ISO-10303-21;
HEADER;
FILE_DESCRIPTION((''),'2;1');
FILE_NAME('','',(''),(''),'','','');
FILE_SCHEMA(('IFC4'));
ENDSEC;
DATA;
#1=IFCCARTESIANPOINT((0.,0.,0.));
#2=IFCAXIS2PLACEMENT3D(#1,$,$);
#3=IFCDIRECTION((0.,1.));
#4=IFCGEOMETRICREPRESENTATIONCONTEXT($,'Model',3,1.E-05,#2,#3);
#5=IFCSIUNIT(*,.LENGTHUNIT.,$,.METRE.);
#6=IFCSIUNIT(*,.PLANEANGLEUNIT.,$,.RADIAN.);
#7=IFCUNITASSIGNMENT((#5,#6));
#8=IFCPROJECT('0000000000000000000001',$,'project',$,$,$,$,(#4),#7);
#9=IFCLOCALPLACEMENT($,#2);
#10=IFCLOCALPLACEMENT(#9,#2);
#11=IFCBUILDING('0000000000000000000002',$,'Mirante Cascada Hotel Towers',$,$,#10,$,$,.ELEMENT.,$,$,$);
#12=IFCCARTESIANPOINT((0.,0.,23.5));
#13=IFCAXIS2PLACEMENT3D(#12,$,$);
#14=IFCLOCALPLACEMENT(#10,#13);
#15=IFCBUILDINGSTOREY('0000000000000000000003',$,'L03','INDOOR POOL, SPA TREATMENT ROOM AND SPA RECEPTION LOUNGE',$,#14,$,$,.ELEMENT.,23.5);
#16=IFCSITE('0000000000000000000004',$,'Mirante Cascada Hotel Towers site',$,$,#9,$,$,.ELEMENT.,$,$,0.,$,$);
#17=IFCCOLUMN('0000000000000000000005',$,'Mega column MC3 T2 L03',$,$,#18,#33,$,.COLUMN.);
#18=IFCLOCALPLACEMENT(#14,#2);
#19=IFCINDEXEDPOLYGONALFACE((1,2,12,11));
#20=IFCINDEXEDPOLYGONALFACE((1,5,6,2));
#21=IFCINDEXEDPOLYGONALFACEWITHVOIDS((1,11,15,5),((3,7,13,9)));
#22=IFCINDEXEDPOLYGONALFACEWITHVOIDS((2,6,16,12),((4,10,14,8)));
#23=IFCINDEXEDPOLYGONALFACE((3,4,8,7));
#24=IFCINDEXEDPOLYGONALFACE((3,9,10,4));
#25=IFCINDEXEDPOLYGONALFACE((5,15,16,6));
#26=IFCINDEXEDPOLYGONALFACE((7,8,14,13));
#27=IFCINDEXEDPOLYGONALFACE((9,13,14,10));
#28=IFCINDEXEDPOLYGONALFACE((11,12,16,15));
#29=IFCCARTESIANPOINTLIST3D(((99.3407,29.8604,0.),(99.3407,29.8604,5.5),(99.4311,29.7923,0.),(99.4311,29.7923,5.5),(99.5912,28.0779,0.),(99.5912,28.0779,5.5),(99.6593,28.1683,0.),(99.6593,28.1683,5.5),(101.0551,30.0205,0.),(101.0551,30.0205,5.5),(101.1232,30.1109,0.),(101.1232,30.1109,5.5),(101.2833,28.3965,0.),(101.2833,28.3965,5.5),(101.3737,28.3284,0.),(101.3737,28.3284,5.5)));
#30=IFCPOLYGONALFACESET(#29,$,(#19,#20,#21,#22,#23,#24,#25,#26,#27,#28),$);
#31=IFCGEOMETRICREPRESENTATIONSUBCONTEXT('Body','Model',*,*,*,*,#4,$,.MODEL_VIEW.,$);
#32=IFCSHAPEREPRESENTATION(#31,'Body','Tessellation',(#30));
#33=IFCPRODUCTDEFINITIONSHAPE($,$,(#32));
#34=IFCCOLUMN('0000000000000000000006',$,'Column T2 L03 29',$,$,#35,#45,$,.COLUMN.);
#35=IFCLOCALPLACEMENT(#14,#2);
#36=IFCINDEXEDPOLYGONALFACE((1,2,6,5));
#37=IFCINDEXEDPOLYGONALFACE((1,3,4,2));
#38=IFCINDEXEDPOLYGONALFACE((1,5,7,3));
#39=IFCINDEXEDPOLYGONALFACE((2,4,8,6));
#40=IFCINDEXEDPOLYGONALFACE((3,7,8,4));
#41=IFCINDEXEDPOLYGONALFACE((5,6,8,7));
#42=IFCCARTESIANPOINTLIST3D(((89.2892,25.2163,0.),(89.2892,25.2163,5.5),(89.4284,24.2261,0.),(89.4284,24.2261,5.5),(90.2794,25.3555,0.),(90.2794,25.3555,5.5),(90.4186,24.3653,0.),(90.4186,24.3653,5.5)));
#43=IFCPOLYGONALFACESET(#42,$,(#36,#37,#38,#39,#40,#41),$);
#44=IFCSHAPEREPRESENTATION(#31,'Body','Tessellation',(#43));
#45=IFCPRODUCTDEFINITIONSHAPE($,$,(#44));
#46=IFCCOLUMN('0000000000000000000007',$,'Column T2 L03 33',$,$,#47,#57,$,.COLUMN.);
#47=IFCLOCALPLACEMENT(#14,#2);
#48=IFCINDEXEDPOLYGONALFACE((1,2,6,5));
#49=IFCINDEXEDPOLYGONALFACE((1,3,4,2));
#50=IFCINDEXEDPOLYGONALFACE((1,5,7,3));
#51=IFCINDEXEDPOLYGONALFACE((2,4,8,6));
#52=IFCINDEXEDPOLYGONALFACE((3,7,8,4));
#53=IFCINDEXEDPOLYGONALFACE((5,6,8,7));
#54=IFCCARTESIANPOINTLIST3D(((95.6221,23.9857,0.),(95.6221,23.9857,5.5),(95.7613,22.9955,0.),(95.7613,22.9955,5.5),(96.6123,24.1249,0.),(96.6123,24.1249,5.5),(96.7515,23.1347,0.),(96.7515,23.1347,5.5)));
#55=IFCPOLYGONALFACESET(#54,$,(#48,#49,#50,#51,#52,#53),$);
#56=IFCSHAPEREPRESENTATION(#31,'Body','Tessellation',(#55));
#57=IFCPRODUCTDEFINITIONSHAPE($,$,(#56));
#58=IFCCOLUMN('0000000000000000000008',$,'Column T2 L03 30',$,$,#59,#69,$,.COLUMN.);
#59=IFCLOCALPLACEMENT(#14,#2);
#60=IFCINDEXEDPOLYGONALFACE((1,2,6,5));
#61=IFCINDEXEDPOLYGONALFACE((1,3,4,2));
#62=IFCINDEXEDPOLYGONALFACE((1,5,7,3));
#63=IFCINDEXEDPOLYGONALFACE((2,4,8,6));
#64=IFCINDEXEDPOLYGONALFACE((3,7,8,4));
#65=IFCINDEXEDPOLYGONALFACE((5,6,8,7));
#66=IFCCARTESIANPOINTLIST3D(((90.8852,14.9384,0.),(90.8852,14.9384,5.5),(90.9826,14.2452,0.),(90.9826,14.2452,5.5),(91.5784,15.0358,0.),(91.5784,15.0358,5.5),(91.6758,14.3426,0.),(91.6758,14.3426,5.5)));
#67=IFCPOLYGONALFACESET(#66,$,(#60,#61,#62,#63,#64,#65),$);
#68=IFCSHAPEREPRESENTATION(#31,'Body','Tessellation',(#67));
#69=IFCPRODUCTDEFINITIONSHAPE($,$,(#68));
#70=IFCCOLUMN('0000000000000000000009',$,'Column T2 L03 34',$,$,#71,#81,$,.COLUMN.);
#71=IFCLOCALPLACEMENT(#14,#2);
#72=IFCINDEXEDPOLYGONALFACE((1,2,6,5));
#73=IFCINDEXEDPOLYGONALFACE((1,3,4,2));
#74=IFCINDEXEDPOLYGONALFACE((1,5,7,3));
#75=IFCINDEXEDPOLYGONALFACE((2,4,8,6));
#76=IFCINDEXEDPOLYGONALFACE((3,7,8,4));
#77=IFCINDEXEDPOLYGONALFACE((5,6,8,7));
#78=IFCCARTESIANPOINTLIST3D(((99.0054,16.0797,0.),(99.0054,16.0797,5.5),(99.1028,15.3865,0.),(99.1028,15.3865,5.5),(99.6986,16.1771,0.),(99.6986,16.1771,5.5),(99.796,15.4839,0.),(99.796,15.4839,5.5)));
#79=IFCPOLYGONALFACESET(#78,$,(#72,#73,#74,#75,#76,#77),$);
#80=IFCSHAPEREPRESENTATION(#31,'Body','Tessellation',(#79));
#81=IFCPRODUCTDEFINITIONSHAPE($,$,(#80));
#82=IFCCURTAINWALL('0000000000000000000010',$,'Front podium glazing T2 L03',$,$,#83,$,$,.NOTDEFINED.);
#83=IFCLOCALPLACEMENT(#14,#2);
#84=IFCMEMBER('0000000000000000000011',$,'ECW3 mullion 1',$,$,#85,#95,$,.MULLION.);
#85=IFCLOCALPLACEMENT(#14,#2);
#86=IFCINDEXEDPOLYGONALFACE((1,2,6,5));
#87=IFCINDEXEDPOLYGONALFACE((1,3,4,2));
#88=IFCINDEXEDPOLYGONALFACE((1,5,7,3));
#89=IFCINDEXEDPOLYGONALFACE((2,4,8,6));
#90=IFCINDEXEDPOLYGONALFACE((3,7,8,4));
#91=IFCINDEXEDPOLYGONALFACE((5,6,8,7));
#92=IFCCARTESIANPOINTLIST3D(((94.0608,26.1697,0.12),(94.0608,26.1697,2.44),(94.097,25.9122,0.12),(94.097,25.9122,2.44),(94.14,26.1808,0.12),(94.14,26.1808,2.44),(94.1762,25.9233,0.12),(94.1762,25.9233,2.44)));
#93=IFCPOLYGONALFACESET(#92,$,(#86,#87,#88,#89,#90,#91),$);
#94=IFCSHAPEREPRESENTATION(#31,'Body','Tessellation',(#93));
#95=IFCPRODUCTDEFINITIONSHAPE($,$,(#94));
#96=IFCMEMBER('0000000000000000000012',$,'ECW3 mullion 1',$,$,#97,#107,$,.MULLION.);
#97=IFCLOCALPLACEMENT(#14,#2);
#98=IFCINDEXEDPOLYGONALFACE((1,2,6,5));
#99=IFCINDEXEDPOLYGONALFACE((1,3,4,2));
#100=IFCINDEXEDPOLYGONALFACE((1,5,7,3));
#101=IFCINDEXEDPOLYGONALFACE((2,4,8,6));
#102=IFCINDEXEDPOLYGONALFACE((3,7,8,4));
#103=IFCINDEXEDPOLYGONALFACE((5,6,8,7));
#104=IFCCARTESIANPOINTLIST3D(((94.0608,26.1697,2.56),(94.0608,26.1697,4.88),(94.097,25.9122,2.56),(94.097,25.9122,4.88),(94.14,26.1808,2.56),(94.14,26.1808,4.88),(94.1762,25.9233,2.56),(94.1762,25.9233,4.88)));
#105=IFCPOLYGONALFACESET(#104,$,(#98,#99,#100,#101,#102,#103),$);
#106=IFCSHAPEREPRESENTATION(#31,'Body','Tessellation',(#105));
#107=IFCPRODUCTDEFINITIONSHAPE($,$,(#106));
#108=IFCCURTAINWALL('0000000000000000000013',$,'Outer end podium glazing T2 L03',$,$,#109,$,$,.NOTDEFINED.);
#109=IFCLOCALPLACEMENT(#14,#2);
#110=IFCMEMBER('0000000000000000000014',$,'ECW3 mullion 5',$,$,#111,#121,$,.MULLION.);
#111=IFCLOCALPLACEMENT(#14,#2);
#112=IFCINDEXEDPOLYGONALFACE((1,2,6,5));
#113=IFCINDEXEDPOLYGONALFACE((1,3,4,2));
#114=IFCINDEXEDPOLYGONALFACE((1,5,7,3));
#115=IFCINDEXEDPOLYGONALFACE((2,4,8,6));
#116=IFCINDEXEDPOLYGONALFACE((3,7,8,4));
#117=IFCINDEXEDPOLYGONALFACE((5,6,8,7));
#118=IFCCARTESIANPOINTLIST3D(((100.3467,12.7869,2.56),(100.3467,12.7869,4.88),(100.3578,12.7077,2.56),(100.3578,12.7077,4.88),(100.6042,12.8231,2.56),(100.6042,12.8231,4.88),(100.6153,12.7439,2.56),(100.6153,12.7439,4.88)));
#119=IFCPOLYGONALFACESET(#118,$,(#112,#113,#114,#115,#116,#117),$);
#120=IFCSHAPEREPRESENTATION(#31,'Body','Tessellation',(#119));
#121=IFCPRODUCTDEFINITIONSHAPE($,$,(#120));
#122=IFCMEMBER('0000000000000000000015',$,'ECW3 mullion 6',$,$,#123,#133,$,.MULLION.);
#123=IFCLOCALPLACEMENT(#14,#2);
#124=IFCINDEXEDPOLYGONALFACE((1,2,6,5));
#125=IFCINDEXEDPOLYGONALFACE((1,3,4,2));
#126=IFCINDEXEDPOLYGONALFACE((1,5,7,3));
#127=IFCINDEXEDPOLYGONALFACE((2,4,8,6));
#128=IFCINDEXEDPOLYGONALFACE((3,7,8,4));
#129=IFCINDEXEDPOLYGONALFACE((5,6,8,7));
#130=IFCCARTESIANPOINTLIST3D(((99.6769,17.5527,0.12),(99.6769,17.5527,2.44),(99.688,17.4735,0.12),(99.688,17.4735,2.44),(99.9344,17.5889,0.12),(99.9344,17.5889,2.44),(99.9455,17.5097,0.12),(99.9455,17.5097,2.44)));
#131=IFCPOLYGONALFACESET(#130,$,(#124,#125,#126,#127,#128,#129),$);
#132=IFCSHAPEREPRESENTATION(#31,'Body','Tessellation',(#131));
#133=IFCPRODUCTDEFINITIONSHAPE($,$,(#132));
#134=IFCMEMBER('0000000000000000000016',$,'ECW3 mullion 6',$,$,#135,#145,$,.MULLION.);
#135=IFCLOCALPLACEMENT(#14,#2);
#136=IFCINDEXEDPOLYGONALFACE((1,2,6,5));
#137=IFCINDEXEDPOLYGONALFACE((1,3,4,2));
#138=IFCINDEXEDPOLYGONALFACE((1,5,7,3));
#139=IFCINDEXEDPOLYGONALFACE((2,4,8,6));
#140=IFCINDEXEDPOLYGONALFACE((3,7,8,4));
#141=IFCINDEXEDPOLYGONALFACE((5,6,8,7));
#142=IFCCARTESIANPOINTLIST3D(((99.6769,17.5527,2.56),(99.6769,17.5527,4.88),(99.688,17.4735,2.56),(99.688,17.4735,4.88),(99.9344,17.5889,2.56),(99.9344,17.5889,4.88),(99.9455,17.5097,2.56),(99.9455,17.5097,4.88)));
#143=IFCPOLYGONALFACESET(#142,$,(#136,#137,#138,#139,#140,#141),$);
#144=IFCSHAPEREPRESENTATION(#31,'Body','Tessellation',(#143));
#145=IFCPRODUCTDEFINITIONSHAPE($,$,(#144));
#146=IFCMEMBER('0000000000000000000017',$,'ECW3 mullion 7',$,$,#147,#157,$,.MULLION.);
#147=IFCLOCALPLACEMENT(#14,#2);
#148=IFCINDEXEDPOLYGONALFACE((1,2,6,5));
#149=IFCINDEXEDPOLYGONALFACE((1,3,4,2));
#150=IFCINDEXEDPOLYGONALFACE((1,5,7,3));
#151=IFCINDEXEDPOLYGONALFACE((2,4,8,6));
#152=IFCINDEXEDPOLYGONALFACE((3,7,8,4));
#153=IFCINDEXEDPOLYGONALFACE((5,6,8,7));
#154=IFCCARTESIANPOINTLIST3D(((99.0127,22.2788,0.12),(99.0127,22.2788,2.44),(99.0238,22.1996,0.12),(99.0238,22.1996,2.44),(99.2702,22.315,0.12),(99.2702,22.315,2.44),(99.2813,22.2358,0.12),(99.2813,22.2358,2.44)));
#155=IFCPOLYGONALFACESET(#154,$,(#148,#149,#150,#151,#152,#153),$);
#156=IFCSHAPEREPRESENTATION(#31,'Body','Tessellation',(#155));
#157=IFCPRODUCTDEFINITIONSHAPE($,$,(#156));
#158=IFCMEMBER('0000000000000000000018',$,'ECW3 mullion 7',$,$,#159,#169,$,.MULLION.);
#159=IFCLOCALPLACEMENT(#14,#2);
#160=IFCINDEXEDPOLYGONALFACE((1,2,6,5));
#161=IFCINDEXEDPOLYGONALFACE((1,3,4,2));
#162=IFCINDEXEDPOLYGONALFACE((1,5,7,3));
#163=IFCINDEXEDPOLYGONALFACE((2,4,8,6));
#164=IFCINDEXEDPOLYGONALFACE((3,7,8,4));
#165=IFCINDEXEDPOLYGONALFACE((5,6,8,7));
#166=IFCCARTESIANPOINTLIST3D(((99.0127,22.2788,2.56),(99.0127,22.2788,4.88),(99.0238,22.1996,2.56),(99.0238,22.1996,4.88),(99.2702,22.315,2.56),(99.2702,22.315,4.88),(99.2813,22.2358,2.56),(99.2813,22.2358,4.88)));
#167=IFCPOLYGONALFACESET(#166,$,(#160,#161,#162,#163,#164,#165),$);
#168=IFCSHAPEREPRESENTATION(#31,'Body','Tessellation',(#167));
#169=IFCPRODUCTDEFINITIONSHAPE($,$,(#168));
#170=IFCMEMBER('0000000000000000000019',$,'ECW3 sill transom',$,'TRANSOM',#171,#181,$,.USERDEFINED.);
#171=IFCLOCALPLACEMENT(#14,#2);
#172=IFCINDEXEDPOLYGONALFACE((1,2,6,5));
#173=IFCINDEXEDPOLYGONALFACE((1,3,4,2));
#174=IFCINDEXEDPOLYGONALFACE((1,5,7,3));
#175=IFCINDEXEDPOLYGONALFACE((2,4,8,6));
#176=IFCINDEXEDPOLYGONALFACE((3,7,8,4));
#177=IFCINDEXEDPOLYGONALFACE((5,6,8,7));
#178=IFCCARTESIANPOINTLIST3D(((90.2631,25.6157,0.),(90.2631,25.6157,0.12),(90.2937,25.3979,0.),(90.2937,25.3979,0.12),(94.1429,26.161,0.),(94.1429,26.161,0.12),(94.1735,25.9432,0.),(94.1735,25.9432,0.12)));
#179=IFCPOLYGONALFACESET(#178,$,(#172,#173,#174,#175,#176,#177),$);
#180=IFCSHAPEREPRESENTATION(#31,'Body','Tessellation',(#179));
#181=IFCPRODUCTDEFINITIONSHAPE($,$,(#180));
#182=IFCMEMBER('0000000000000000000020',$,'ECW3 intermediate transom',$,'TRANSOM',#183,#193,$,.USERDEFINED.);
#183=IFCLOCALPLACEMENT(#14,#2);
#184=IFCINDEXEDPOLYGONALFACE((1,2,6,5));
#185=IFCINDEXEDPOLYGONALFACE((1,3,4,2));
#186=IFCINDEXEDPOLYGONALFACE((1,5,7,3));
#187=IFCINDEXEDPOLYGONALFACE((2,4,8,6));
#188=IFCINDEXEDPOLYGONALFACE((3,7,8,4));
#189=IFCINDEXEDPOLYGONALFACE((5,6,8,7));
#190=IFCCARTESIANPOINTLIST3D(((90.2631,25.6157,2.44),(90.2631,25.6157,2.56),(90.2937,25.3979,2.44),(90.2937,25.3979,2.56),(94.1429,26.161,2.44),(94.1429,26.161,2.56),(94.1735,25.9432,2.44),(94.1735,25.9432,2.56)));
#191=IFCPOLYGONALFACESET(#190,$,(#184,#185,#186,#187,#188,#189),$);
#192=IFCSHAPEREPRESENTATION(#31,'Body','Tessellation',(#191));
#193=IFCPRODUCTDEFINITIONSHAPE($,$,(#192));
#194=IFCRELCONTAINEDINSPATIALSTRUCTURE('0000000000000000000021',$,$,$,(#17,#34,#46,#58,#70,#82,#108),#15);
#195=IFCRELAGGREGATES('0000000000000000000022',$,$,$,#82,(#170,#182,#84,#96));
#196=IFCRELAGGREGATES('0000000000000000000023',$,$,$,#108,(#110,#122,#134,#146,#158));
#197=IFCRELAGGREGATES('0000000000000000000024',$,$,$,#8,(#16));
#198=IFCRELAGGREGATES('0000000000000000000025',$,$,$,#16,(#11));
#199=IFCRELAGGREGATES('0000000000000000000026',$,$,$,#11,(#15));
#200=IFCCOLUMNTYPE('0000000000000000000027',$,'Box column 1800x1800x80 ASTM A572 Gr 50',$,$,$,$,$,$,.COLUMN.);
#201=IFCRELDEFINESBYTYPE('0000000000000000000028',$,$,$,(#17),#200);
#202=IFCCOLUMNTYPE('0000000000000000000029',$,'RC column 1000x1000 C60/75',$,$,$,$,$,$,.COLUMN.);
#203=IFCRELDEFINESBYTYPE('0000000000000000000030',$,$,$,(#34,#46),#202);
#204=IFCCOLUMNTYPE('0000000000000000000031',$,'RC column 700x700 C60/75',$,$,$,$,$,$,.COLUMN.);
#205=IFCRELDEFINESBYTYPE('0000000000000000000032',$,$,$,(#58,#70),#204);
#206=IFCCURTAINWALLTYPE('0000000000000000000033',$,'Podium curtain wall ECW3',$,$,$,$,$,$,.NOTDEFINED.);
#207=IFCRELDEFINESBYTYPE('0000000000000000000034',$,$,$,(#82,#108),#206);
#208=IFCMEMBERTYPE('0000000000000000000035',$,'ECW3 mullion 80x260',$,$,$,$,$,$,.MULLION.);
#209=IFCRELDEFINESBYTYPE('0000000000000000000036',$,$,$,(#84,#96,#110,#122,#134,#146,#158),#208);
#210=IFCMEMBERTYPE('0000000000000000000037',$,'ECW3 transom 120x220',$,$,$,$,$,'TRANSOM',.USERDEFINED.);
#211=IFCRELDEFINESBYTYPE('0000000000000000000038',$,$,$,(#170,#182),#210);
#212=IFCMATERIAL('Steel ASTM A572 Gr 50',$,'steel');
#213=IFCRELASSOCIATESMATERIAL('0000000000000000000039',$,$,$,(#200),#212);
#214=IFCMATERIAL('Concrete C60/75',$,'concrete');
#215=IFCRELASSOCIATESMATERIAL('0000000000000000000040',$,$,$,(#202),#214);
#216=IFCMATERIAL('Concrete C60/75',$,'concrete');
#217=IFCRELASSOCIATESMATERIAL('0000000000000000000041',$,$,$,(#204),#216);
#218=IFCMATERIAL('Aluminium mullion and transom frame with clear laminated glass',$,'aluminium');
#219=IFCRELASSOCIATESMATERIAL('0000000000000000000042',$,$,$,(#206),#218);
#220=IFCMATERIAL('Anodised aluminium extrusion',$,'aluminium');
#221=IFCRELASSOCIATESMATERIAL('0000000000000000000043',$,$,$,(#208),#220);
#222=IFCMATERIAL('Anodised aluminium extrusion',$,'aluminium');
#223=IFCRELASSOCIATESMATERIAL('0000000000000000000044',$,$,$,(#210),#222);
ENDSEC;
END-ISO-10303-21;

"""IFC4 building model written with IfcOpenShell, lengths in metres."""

from ifc_helpers import new_model, si_unit, direction, frame, origin, origin_2d, place, context, subcontext, project, spatial, rectangle, hollow_rectangle, extrude, material, material_profile, profile_set, type_object, element, aggregate, save


model = new_model("IFC4")

# Units and contexts
model_context = context("Model", 3, precision=1e-05, world=origin(), true_north=direction((0.0, 1.0)))
body_context = subcontext(model_context, "Body", "Model", "MODEL_VIEW")
ifc_project = project(units=[si_unit("LENGTHUNIT", "METRE"), si_unit("PLANEANGLEUNIT", "RADIAN")], contexts=[model_context])

# Site, building, storey
site_placement = place(None, origin())
site = spatial("IfcSite", under=ifc_project, at=site_placement, Name="Mirante Cascada Hotel Towers site", CompositionType="ELEMENT", RefElevation=0.0)
building_placement = place(site_placement, origin())
building = spatial("IfcBuilding", under=site, at=building_placement, Name="Mirante Cascada Hotel Towers", CompositionType="ELEMENT")
storey_placement = place(building_placement, frame((0.0, 0.0, 23.5)))
storey = spatial("IfcBuildingStorey", under=building, at=storey_placement, Name="L03", Description="INDOOR POOL, SPA TREATMENT ROOM AND SPA RECEPTION LOUNGE", CompositionType="ELEMENT", Elevation=23.5)

# Columns
ifc_material_1 = material(Name="Steel ASTM A572 Gr 50", Category="steel")
ifc_material_profile_1 = material_profile(ifc_material_1, hollow_rectangle(XDim=1.8, YDim=1.8, WallThickness=0.08, at=origin_2d()), Name="Box column 1800x1800x80 ASTM A572 Gr 50")
ifc_profile_set_1 = profile_set([ifc_material_profile_1], Name="Steel ASTM A572 Gr 50")
column_type_1 = type_object("IfcColumnType", Name="Box column 1800x1800x80 ASTM A572 Gr 50", PredefinedType="COLUMN", material=ifc_profile_set_1)
column_placement = place(storey_placement, frame((100.3572, 29.0944, 0.0), z_axis=(0.0, 0.0, 1.0), x_axis=(0.990268, 0.139173, 0.0)))
element("IfcColumn", 1, at=column_placement, inside=storey, type_object=column_type_1, Name="Mega column MC3 T2 L03", PredefinedType="COLUMN", context=body_context, shape_type="SweptSolid", body=[
    extrude(hollow_rectangle(XDim=1.8, YDim=1.8, WallThickness=0.08, at=origin_2d()), origin(), (0.0, 0.0, 1.0), 5.5),
])
ifc_material_2 = material(Name="Concrete C60/75", Category="concrete")
ifc_material_profile_2 = material_profile(ifc_material_2, rectangle(XDim=1.0, YDim=1.0, at=origin_2d()), Name="RC column 1000x1000 C60/75")
ifc_profile_set_2 = profile_set([ifc_material_profile_2], Name="Concrete C60/75")
column_type_2 = type_object("IfcColumnType", Name="RC column 1000x1000 C60/75", PredefinedType="COLUMN", material=ifc_profile_set_2)
for number, where, z_axis, x_axis, name in (
    (2, (89.8539, 24.7908, 0.0), (0.0, 0.0, 1.0), (0.990268, 0.139173, 0.0), "Column T2 L03 29"),
    (3, (96.1868, 23.5602, 0.0), (0.0, 0.0, 1.0), (0.990268, 0.139173, 0.0), "Column T2 L03 33"),
):
    element("IfcColumn", number, at=place(storey_placement, frame(where, z_axis=z_axis, x_axis=x_axis)), inside=storey, type_object=column_type_2, Name=name, PredefinedType="COLUMN", context=body_context, shape_type="SweptSolid", body=[
        extrude(rectangle(XDim=1.0, YDim=1.0, at=origin_2d()), origin(), (0.0, 0.0, 1.0), 5.5),
    ])
ifc_material_3 = material(Name="Concrete C60/75", Category="concrete")
ifc_material_profile_3 = material_profile(ifc_material_3, rectangle(XDim=0.7, YDim=0.7, at=origin_2d()), Name="RC column 700x700 C60/75")
ifc_profile_set_3 = profile_set([ifc_material_profile_3], Name="Concrete C60/75")
column_type_3 = type_object("IfcColumnType", Name="RC column 700x700 C60/75", PredefinedType="COLUMN", material=ifc_profile_set_3)
for number, where, z_axis, x_axis, name in (
    (4, (91.2805, 14.6405, 0.0), (0.0, 0.0, 1.0), (0.990268, 0.139173, 0.0), "Column T2 L03 30"),
    (5, (99.4007, 15.7818, 0.0), (0.0, 0.0, 1.0), (0.990268, 0.139173, 0.0), "Column T2 L03 34"),
):
    element("IfcColumn", number, at=place(storey_placement, frame(where, z_axis=z_axis, x_axis=x_axis)), inside=storey, type_object=column_type_3, Name=name, PredefinedType="COLUMN", context=body_context, shape_type="SweptSolid", body=[
        extrude(rectangle(XDim=0.7, YDim=0.7, at=origin_2d()), origin(), (0.0, 0.0, 1.0), 5.5),
    ])

# Curtain walls, members
ifc_material_4 = material(Name="Aluminium mullion and transom frame with clear laminated glass", Category="aluminium")
curtain_wall_type = type_object("IfcCurtainWallType", Name="Podium curtain wall ECW3", PredefinedType="NOTDEFINED", material=ifc_material_4)
curtain_wall_1_placement = place(storey_placement, origin())
curtain_wall_1 = element("IfcCurtainWall", 6, at=curtain_wall_1_placement, inside=storey, type_object=curtain_wall_type, Name="Front podium glazing T2 L03", PredefinedType="NOTDEFINED")
ifc_material_5 = material(Name="Anodised aluminium extrusion", Category="aluminium")
ifc_material_profile_4 = material_profile(ifc_material_5, rectangle(XDim=0.26, YDim=0.08, at=origin_2d()), Name="ECW3 MULLION 80x260")
ifc_profile_set_4 = profile_set([ifc_material_profile_4], Name="Anodised aluminium extrusion")
member_type_1 = type_object("IfcMemberType", Name="ECW3 mullion 80x260", PredefinedType="MULLION", material=ifc_profile_set_4)
member_1_placement = place(storey_placement, frame((94.1185, 26.0465, 0.12), z_axis=(0.0, 0.0, 1.0), x_axis=(0.139173, -0.990268, 0.0)))
member_1 = element("IfcMember", 7, at=member_1_placement, type_object=member_type_1, Name="ECW3 mullion 1", PredefinedType="MULLION", context=body_context, shape_type="SweptSolid", body=[
    extrude(rectangle(XDim=0.26, YDim=0.08, at=origin_2d()), origin(), (0.0, 0.0, 1.0), 2.32),
])
member_2_placement = place(storey_placement, frame((94.1185, 26.0465, 2.56), z_axis=(0.0, 0.0, 1.0), x_axis=(0.139173, -0.990268, 0.0)))
member_2 = element("IfcMember", 8, at=member_2_placement, type_object=member_type_1, Name="ECW3 mullion 1", PredefinedType="MULLION", context=body_context, shape_type="SweptSolid", body=[
    extrude(rectangle(XDim=0.26, YDim=0.08, at=origin_2d()), origin(), (0.0, 0.0, 1.0), 2.32),
])
curtain_wall_2_placement = place(storey_placement, origin())
curtain_wall_2 = element("IfcCurtainWall", 9, at=curtain_wall_2_placement, inside=storey, type_object=curtain_wall_type, Name="Outer end podium glazing T2 L03", PredefinedType="NOTDEFINED")
member_3_placement = place(storey_placement, frame((100.481, 12.7654, 2.56), z_axis=(0.0, 0.0, 1.0), x_axis=(-0.990268, -0.139173, 0.0)))
member_3 = element("IfcMember", 10, at=member_3_placement, type_object=member_type_1, Name="ECW3 mullion 5", PredefinedType="MULLION", context=body_context, shape_type="SweptSolid", body=[
    extrude(rectangle(XDim=0.26, YDim=0.08, at=origin_2d()), origin(), (0.0, 0.0, 1.0), 2.32),
])
member_4_placement = place(storey_placement, frame((99.8112, 17.5312, 0.12), z_axis=(0.0, 0.0, 1.0), x_axis=(-0.990268, -0.139173, 0.0)))
member_4 = element("IfcMember", 11, at=member_4_placement, type_object=member_type_1, Name="ECW3 mullion 6", PredefinedType="MULLION", context=body_context, shape_type="SweptSolid", body=[
    extrude(rectangle(XDim=0.26, YDim=0.08, at=origin_2d()), origin(), (0.0, 0.0, 1.0), 2.32),
])
member_5_placement = place(storey_placement, frame((99.8112, 17.5312, 2.56), z_axis=(0.0, 0.0, 1.0), x_axis=(-0.990268, -0.139173, 0.0)))
member_5 = element("IfcMember", 12, at=member_5_placement, type_object=member_type_1, Name="ECW3 mullion 6", PredefinedType="MULLION", context=body_context, shape_type="SweptSolid", body=[
    extrude(rectangle(XDim=0.26, YDim=0.08, at=origin_2d()), origin(), (0.0, 0.0, 1.0), 2.32),
])
member_6_placement = place(storey_placement, frame((99.147, 22.2573, 0.12), z_axis=(0.0, 0.0, 1.0), x_axis=(-0.990268, -0.139173, 0.0)))
member_6 = element("IfcMember", 13, at=member_6_placement, type_object=member_type_1, Name="ECW3 mullion 7", PredefinedType="MULLION", context=body_context, shape_type="SweptSolid", body=[
    extrude(rectangle(XDim=0.26, YDim=0.08, at=origin_2d()), origin(), (0.0, 0.0, 1.0), 2.32),
])
member_7_placement = place(storey_placement, frame((99.147, 22.2573, 2.56), z_axis=(0.0, 0.0, 1.0), x_axis=(-0.990268, -0.139173, 0.0)))
member_7 = element("IfcMember", 14, at=member_7_placement, type_object=member_type_1, Name="ECW3 mullion 7", PredefinedType="MULLION", context=body_context, shape_type="SweptSolid", body=[
    extrude(rectangle(XDim=0.26, YDim=0.08, at=origin_2d()), origin(), (0.0, 0.0, 1.0), 2.32),
])

# Members
ifc_material_6 = material(Name="Anodised aluminium extrusion", Category="aluminium")
ifc_material_profile_5 = material_profile(ifc_material_6, rectangle(XDim=0.22, YDim=0.12, at=origin_2d()), Name="ECW3 TRANSOM 120x220")
ifc_profile_set_5 = profile_set([ifc_material_profile_5], Name="Anodised aluminium extrusion")
member_type_2 = type_object("IfcMemberType", Name="ECW3 transom 120x220", ElementType="TRANSOM", PredefinedType="USERDEFINED", material=ifc_profile_set_5)
member_8_placement = place(storey_placement, frame((94.1582, 26.0521, 0.06), z_axis=(-0.990267, -0.139181, 0.0), x_axis=(0.139181, -0.990267, 0.0)))
member_8 = element("IfcMember", 15, at=member_8_placement, type_object=member_type_2, Name="ECW3 sill transom", ObjectType="TRANSOM", PredefinedType="USERDEFINED", context=body_context, shape_type="SweptSolid", body=[
    extrude(rectangle(XDim=0.22, YDim=0.12, at=origin_2d()), origin(), (0.0, 0.0, 1.0), 3.9179),
])
member_9_placement = place(storey_placement, frame((94.1582, 26.0521, 2.5), z_axis=(-0.990267, -0.139181, 0.0), x_axis=(0.139181, -0.990267, 0.0)))
member_9 = element("IfcMember", 16, at=member_9_placement, type_object=member_type_2, Name="ECW3 intermediate transom", ObjectType="TRANSOM", PredefinedType="USERDEFINED", context=body_context, shape_type="SweptSolid", body=[
    extrude(rectangle(XDim=0.22, YDim=0.12, at=origin_2d()), origin(), (0.0, 0.0, 1.0), 3.9179),
])

aggregate(curtain_wall_1, [member_8, member_9, member_1, member_2])
aggregate(curtain_wall_2, [member_3, member_4, member_5, member_6, member_7])

save(model, "model.ifc")
